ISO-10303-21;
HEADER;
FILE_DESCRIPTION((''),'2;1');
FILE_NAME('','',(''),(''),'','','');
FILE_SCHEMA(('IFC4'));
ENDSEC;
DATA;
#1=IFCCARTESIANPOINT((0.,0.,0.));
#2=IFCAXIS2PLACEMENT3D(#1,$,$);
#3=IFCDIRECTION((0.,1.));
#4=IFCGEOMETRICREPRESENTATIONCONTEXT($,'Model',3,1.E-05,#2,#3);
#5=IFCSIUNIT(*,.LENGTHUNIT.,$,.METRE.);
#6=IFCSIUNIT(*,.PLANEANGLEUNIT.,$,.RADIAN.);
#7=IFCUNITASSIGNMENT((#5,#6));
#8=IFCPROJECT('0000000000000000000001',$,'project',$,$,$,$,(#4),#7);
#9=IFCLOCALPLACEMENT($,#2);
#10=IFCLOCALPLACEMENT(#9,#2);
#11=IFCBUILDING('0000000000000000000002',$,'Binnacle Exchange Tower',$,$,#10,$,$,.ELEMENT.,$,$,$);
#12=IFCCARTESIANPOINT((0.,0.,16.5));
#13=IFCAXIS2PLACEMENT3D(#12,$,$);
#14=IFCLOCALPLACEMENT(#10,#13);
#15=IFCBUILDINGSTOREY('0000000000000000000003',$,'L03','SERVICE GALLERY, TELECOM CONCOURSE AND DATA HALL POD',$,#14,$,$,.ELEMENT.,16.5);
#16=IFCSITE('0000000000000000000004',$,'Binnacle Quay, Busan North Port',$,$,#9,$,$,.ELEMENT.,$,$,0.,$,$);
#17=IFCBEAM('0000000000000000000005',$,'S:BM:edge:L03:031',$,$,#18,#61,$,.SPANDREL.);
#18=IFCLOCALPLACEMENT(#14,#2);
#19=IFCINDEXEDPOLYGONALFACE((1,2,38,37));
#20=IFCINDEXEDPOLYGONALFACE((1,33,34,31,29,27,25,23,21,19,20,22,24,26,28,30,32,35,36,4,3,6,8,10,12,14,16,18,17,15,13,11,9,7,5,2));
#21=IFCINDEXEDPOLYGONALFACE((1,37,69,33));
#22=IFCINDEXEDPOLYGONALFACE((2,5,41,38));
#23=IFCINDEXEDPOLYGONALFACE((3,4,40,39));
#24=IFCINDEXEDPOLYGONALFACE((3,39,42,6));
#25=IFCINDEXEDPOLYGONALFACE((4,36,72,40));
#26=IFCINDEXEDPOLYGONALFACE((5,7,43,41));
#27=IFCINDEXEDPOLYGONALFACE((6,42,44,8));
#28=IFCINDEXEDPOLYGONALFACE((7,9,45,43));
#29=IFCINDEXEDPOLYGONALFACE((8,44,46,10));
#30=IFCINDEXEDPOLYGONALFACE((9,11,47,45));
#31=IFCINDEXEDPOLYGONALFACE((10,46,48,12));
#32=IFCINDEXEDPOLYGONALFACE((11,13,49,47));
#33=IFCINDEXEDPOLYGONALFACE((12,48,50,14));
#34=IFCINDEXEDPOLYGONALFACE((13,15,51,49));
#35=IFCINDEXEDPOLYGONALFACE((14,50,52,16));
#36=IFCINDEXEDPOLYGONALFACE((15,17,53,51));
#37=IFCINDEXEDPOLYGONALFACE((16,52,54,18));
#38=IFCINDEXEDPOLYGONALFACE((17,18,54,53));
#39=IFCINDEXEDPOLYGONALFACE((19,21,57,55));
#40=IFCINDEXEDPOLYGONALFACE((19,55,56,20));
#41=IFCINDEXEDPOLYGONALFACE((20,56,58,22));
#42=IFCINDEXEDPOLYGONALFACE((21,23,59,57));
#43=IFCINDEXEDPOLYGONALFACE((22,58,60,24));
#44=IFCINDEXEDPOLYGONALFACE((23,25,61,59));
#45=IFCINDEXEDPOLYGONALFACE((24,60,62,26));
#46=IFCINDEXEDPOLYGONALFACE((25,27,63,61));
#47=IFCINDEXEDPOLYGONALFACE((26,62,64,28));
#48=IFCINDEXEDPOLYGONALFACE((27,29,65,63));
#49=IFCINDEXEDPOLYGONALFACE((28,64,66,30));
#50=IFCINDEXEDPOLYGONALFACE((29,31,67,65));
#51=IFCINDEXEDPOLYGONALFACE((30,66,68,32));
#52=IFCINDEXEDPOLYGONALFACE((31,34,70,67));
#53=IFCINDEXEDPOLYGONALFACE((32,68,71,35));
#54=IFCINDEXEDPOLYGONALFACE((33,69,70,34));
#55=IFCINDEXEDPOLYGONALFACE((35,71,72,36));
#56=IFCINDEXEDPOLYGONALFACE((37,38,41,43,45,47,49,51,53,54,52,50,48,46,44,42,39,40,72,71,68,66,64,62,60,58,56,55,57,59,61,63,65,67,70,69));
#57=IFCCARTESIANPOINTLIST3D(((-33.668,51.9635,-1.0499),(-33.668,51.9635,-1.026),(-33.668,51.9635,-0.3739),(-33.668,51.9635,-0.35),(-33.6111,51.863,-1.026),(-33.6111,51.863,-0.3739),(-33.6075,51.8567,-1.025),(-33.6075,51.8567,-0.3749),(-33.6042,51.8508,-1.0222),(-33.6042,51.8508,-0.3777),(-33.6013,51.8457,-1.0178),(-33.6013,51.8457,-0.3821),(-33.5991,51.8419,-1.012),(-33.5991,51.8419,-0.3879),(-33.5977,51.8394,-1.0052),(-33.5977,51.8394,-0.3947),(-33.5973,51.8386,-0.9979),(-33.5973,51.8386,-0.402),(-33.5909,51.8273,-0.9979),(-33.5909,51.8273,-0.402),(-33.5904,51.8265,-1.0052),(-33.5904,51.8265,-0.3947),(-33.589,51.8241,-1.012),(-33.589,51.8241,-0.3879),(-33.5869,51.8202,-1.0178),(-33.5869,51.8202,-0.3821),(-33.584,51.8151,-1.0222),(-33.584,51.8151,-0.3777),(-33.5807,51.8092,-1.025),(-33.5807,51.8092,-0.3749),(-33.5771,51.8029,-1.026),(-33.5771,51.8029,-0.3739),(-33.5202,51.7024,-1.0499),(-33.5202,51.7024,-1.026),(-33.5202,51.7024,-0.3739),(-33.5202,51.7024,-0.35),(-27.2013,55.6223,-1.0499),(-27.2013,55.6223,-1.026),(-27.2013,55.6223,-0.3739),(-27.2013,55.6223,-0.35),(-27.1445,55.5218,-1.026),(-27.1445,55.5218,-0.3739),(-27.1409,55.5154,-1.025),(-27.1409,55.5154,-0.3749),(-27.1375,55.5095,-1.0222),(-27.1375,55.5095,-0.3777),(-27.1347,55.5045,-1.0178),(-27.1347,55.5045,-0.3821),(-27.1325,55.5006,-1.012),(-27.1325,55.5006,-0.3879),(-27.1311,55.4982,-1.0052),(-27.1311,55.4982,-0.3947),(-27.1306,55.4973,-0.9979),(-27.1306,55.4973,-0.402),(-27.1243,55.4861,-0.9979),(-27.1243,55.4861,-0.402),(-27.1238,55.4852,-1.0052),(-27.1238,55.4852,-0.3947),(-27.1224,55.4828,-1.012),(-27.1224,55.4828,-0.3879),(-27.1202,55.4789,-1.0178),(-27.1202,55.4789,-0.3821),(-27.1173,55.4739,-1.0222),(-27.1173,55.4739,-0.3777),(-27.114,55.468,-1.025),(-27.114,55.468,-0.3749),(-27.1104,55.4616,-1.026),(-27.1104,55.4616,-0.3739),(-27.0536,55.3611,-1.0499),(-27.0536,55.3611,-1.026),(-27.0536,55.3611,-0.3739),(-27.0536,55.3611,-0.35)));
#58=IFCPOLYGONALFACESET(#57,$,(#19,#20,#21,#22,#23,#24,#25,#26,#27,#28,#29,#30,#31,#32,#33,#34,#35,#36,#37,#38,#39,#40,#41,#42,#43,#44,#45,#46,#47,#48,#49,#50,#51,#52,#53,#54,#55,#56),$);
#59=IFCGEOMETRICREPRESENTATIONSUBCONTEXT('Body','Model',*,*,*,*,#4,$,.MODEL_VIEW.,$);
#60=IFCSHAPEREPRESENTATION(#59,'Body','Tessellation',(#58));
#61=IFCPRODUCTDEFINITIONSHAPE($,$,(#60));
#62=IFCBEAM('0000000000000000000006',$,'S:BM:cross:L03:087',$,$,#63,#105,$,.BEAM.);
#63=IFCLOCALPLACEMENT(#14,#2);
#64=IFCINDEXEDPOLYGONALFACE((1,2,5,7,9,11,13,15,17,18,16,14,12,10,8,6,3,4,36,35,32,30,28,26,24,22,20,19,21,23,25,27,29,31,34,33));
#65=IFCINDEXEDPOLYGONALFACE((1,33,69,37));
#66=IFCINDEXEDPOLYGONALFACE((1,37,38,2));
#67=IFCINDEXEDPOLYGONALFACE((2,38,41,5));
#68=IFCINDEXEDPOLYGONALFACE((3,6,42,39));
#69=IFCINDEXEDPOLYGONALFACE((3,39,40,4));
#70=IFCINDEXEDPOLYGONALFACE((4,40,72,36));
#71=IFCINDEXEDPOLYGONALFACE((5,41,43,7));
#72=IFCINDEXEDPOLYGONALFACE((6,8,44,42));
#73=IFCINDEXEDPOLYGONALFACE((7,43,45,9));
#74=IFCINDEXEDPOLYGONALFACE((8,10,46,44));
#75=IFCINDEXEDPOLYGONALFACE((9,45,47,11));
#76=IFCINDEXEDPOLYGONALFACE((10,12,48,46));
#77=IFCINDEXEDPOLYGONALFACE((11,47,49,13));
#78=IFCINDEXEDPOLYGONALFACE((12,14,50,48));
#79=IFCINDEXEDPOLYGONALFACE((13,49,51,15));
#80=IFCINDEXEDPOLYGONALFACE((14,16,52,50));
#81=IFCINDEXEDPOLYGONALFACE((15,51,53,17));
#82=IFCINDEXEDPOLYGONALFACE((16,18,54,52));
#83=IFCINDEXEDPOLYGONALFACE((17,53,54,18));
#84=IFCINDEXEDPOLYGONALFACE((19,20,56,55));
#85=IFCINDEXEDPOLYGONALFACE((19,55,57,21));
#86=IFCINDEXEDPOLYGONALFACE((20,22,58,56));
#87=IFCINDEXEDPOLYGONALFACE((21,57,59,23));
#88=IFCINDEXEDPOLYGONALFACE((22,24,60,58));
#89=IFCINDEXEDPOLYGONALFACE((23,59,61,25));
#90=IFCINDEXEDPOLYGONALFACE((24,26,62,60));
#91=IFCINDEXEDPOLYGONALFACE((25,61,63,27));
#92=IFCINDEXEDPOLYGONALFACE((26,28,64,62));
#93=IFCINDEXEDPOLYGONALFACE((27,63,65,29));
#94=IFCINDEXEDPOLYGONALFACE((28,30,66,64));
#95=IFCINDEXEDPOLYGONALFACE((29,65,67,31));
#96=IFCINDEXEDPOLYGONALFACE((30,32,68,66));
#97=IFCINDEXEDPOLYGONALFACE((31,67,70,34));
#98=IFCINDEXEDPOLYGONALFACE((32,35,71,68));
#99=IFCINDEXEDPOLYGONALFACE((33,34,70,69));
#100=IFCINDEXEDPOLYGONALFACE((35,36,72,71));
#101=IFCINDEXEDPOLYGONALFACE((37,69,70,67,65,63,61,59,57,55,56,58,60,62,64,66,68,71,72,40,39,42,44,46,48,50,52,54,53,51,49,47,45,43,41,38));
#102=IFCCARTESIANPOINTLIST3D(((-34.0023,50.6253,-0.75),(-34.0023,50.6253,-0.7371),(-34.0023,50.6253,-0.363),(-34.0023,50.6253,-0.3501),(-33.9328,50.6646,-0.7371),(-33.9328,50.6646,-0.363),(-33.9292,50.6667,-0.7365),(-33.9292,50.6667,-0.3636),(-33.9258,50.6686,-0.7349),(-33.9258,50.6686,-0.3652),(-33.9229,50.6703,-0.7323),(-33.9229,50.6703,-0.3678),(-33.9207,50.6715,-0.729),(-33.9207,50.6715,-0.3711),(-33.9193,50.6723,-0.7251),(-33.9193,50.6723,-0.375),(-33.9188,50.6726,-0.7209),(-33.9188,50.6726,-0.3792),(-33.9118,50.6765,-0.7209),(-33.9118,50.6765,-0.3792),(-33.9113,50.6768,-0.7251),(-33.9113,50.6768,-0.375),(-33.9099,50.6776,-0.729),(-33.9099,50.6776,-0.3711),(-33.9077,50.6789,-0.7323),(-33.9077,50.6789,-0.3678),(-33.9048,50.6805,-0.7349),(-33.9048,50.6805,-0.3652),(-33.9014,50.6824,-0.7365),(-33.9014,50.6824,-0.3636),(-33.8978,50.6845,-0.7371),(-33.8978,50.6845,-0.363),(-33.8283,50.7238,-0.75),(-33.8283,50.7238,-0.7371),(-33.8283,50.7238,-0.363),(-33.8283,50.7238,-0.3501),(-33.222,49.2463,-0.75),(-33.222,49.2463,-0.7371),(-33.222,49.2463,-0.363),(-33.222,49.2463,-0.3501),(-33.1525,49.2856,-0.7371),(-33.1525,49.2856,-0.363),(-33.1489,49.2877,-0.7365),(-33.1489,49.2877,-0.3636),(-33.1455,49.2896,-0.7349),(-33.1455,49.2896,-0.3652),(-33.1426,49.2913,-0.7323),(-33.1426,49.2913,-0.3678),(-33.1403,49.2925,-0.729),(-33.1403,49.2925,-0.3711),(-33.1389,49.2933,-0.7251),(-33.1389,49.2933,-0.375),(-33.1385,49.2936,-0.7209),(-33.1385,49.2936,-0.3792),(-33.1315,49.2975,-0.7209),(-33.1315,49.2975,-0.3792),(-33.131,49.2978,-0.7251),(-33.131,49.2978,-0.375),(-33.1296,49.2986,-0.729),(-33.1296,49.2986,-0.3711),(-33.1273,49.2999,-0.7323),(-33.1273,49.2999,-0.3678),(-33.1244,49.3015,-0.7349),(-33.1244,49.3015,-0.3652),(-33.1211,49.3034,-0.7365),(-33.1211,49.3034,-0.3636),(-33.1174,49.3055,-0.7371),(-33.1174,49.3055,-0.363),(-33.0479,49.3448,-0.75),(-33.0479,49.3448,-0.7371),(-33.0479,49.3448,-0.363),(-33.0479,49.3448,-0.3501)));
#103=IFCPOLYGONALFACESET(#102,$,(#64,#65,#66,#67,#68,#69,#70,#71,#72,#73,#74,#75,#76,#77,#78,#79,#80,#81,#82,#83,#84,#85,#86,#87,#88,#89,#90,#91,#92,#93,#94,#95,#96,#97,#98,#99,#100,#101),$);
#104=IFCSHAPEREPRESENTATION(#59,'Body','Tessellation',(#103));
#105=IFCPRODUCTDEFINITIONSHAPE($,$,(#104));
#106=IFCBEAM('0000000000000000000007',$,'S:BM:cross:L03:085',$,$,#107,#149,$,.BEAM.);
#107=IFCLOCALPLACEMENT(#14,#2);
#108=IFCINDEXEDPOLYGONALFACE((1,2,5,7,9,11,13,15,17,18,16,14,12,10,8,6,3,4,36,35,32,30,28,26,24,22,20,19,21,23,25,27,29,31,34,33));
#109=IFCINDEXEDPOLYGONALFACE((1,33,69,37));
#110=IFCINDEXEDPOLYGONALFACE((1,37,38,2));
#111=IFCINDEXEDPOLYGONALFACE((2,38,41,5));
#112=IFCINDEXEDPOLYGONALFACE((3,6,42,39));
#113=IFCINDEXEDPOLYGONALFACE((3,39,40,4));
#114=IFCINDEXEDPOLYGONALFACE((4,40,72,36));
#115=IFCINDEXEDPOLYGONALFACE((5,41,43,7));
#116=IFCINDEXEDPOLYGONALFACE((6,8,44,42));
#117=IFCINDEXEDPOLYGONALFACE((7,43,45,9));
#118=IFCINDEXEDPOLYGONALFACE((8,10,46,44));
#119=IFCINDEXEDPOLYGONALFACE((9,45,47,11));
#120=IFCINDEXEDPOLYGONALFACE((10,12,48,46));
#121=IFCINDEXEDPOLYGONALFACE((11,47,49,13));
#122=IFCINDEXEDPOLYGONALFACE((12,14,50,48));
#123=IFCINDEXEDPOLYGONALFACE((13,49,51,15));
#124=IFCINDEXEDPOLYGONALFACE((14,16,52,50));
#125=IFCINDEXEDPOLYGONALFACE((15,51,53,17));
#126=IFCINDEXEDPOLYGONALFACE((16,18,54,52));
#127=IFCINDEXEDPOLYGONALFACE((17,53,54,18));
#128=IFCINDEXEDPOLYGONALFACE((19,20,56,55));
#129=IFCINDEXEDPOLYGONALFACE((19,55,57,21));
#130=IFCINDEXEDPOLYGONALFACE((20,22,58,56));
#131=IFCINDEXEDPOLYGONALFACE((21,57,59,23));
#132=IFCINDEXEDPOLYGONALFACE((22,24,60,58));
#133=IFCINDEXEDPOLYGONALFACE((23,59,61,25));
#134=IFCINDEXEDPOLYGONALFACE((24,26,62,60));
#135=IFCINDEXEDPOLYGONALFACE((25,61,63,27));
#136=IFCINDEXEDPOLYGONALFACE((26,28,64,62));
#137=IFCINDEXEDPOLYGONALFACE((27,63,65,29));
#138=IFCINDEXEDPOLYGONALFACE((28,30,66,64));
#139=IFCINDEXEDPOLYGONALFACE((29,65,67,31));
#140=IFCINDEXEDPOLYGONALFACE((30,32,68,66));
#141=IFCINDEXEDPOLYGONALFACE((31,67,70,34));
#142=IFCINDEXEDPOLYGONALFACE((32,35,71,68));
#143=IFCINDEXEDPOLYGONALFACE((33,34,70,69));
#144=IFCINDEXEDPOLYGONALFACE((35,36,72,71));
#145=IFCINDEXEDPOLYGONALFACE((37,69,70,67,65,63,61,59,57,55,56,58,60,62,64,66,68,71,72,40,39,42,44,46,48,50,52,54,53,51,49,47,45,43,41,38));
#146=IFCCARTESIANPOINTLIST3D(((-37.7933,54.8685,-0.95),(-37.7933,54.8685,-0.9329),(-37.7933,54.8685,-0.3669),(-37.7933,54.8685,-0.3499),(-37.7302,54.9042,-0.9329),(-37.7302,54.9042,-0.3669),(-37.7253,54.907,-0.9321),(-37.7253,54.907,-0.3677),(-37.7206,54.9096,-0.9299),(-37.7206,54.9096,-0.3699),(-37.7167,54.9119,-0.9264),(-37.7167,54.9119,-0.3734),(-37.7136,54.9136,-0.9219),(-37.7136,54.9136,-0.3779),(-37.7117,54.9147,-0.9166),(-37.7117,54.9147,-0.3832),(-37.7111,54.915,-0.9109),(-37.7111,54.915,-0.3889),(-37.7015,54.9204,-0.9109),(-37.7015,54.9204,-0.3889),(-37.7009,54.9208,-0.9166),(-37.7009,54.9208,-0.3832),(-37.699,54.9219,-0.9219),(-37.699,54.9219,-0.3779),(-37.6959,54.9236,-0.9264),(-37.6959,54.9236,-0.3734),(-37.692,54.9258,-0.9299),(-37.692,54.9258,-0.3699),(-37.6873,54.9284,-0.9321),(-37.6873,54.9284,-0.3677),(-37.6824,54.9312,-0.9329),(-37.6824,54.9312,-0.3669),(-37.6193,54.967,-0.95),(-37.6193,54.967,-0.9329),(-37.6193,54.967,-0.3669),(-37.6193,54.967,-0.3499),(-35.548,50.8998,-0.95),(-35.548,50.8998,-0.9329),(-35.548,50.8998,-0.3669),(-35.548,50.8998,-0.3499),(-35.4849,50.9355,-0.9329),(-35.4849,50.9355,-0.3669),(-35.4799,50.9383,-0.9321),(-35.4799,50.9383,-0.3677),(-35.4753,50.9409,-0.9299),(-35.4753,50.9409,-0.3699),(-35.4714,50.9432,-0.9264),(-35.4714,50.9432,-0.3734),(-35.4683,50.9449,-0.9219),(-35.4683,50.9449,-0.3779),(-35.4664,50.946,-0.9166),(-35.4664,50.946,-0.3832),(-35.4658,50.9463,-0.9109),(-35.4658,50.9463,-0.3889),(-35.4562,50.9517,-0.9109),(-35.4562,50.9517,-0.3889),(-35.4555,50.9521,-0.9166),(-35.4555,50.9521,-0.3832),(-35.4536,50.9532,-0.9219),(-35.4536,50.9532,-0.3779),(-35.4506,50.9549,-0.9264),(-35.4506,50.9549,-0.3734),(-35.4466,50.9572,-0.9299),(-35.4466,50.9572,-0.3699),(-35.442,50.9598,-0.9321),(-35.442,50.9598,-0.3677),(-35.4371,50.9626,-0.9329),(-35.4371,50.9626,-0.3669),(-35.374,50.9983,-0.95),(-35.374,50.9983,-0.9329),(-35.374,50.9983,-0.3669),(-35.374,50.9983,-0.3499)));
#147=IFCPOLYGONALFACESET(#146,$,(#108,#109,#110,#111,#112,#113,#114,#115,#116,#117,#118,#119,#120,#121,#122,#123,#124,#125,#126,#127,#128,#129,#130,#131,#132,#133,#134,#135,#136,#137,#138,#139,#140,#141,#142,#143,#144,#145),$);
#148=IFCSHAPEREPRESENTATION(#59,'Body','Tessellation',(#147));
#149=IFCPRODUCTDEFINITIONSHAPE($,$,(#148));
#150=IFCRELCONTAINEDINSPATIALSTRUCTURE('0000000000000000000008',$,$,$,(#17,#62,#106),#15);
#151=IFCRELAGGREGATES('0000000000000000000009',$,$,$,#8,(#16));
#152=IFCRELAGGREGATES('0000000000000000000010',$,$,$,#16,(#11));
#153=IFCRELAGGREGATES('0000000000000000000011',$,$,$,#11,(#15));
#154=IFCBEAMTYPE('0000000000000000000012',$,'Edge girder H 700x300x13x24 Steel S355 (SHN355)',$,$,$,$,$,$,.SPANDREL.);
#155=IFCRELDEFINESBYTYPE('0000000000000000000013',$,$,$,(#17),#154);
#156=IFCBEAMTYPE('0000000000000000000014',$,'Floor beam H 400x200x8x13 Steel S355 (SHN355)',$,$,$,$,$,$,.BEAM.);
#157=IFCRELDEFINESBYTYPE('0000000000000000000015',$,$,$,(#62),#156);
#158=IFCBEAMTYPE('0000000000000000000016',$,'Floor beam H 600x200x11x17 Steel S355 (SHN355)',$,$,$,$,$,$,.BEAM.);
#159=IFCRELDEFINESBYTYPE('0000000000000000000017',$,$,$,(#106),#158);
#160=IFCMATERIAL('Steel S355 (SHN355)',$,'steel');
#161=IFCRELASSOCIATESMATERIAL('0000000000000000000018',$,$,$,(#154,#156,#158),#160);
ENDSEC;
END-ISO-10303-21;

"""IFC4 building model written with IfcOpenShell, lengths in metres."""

from ifc_helpers import new_model, si_unit, direction, frame, origin, origin_2d, place, context, subcontext, project, spatial, i_section, extrude, material, material_profile, profile_set, type_object, element, save


model = new_model("IFC4")

# Units and contexts
model_context = context("Model", 3, precision=1e-05, world=origin(), true_north=direction((0.0, 1.0)))
body_context = subcontext(model_context, "Body", "Model", "MODEL_VIEW")
ifc_project = project(units=[si_unit("LENGTHUNIT", "METRE"), si_unit("PLANEANGLEUNIT", "RADIAN")], contexts=[model_context])

# Site, building, storey
site_placement = place(None, origin())
site = spatial("IfcSite", under=ifc_project, at=site_placement, Name="Binnacle Quay, Busan North Port", CompositionType="ELEMENT", RefElevation=0.0)
building_placement = place(site_placement, origin())
building = spatial("IfcBuilding", under=site, at=building_placement, Name="Binnacle Exchange Tower", CompositionType="ELEMENT")
storey_placement = place(building_placement, frame((0.0, 0.0, 16.5)))
storey = spatial("IfcBuildingStorey", under=building, at=storey_placement, Name="L03", Description="SERVICE GALLERY, TELECOM CONCOURSE AND DATA HALL POD", CompositionType="ELEMENT", Elevation=16.5)

# Beams
ifc_material_1 = material(Name="Steel S355 (SHN355)", Category="steel")
ifc_material_profile_1 = material_profile(ifc_material_1, i_section(OverallWidth=0.3, OverallDepth=0.7, WebThickness=0.0129, FlangeThickness=0.0239, FilletRadius=0.0281, at=origin_2d()), Name="H 700x300x13x24")
ifc_profile_set_1 = profile_set([ifc_material_profile_1], Name="Steel S355 (SHN355)")
beam_type_1 = type_object("IfcBeamType", Name="Edge girder H 700x300x13x24 Steel S355 (SHN355)", PredefinedType="SPANDREL", material=ifc_profile_set_1)
beam_1_placement = place(storey_placement, frame((-27.1274, 55.4917, -0.7), z_axis=(-0.87035, -0.492433, 0.0), x_axis=(0.492433, -0.87035, 0.0)))
element("IfcBeam", 1, at=beam_1_placement, inside=storey, type_object=beam_type_1, Name="S:BM:edge:L03:031", PredefinedType="SPANDREL", context=body_context, shape_type="SweptSolid", body=[
    extrude(i_section(OverallWidth=0.3, OverallDepth=0.7, WebThickness=0.0129, FlangeThickness=0.0239, FilletRadius=0.0281, at=origin_2d()), origin(), (0.0, 0.0, 1.0), 7.4299),
])
ifc_material_profile_2 = material_profile(ifc_material_1, i_section(OverallWidth=0.2, OverallDepth=0.3999, WebThickness=0.0081, FlangeThickness=0.0129, FilletRadius=0.0161, at=origin_2d()), Name="H 400x200x8x13")
ifc_profile_set_2 = profile_set([ifc_material_profile_2], Name="Steel S355 (SHN355)")
beam_type_2 = type_object("IfcBeamType", Name="Floor beam H 400x200x8x13 Steel S355 (SHN355)", PredefinedType="BEAM", material=ifc_profile_set_2)
beam_2_placement = place(storey_placement, frame((-33.9153, 50.6746, -0.55), z_axis=(0.492484, -0.870322, 0.0), x_axis=(0.870322, 0.492484, 0.0)))
element("IfcBeam", 2, at=beam_2_placement, inside=storey, type_object=beam_type_2, Name="S:BM:cross:L03:087", PredefinedType="BEAM", context=body_context, shape_type="SweptSolid", body=[
    extrude(i_section(OverallWidth=0.2, OverallDepth=0.3999, WebThickness=0.0081, FlangeThickness=0.0129, FilletRadius=0.0161, at=origin_2d()), origin(), (0.0, 0.0, 1.0), 1.5845),
])
ifc_material_profile_3 = material_profile(ifc_material_1, i_section(OverallWidth=0.2, OverallDepth=0.6001, WebThickness=0.011, FlangeThickness=0.0171, FilletRadius=0.022, at=origin_2d()), Name="H 600x200x11x17")
ifc_profile_set_3 = profile_set([ifc_material_profile_3], Name="Steel S355 (SHN355)")
beam_type_3 = type_object("IfcBeamType", Name="Floor beam H 600x200x11x17 Steel S355 (SHN355)", PredefinedType="BEAM", material=ifc_profile_set_3)
beam_3_placement = place(storey_placement, frame((-37.7063, 54.9177, -0.6499), z_axis=(0.492415, -0.87036, 0.0), x_axis=(0.87036, 0.492415, 0.0)))
element("IfcBeam", 3, at=beam_3_placement, inside=storey, type_object=beam_type_3, Name="S:BM:cross:L03:085", PredefinedType="BEAM", context=body_context, shape_type="SweptSolid", body=[
    extrude(i_section(OverallWidth=0.2, OverallDepth=0.6001, WebThickness=0.011, FlangeThickness=0.0171, FilletRadius=0.022, at=origin_2d()), origin(), (0.0, 0.0, 1.0), 4.5598),
])

save(model, "model.ifc")
